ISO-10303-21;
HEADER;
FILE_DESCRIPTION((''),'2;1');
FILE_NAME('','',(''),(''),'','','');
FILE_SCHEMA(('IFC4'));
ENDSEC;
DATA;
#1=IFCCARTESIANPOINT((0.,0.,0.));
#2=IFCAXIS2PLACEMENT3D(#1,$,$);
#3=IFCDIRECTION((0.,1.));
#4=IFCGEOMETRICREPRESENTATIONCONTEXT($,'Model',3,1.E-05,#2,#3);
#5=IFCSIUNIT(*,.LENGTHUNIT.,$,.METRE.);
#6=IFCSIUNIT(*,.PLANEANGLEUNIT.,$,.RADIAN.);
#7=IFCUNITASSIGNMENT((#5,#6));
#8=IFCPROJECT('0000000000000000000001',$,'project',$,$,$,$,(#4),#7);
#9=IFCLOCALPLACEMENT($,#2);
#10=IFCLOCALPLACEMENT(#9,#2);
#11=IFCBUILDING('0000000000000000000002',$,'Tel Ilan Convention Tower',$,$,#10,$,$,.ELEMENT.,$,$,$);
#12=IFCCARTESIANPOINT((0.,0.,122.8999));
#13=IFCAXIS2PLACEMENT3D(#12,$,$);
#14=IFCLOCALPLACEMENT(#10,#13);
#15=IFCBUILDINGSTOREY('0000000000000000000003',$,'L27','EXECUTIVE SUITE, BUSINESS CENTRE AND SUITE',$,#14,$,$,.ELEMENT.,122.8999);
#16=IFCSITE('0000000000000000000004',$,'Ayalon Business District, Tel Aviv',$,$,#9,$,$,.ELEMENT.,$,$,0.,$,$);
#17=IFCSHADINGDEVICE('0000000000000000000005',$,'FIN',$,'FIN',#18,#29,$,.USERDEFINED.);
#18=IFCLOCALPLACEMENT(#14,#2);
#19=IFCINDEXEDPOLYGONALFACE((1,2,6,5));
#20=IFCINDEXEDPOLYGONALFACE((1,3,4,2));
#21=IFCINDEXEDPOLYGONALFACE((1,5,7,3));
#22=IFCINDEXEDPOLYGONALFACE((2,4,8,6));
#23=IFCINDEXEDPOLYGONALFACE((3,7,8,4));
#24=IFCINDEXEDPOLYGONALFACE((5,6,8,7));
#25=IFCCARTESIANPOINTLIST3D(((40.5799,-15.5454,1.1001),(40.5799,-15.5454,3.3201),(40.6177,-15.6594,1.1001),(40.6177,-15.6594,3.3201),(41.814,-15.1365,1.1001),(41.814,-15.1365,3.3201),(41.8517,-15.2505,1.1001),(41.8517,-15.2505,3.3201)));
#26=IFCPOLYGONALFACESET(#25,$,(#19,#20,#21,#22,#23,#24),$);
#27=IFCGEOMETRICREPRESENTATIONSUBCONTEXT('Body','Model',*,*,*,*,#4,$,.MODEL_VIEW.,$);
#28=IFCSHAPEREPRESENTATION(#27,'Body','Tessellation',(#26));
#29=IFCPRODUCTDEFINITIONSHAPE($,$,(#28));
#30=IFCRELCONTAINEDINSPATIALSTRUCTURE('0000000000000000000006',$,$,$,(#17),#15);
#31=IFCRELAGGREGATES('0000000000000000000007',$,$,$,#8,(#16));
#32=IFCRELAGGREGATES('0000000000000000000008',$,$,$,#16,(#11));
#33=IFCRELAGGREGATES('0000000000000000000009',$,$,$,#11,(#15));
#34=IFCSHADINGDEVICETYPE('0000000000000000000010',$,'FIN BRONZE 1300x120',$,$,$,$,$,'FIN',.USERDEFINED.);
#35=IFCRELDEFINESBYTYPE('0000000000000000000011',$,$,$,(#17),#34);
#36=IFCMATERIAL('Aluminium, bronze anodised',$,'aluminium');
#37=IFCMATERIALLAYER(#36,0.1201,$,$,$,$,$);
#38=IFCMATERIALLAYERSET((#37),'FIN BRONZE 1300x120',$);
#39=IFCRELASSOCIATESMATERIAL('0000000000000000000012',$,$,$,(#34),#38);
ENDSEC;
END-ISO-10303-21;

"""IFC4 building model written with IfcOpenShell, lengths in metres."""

from ifc_helpers import new_model, si_unit, direction, frame, origin, origin_2d, place, context, subcontext, project, spatial, rectangle, extrude, material, layer, layer_set, type_object, element, save


model = new_model("IFC4")

# Units and contexts
model_context = context("Model", 3, precision=1e-05, world=origin(), true_north=direction((0.0, 1.0)))
body_context = subcontext(model_context, "Body", "Model", "MODEL_VIEW")
ifc_project = project(units=[si_unit("LENGTHUNIT", "METRE"), si_unit("PLANEANGLEUNIT", "RADIAN")], contexts=[model_context])

# Site, building, storey
site_placement = place(None, origin())
site = spatial("IfcSite", under=ifc_project, at=site_placement, Name="Ayalon Business District, Tel Aviv", CompositionType="ELEMENT", RefElevation=0.0)
building_placement = place(site_placement, origin())
building = spatial("IfcBuilding", under=site, at=building_placement, Name="Tel Ilan Convention Tower", CompositionType="ELEMENT")
storey_placement = place(building_placement, frame((0.0, 0.0, 122.8999)))
storey = spatial("IfcBuildingStorey", under=building, at=storey_placement, Name="L27", Description="EXECUTIVE SUITE, BUSINESS CENTRE AND SUITE", CompositionType="ELEMENT", Elevation=122.8999)

# Shading device
ifc_material_1 = material(Name="Aluminium, bronze anodised", Category="aluminium")
ifc_layer_1 = layer(ifc_material_1, 0.1201)
ifc_layer_set_1 = layer_set([ifc_layer_1], Name="FIN BRONZE 1300x120")
shading_device_type = type_object("IfcShadingDeviceType", Name="FIN BRONZE 1300x120", ElementType="FIN", PredefinedType="USERDEFINED", material=ifc_layer_set_1)
for number, where, z_axis, x_axis, name in (
    (1, (41.2158, -15.3979, 1.1001), (0.0, 0.0, 1.0), (0.949243, 0.314545, 0.0), "FIN"),
):
    element("IfcShadingDevice", number, at=place(storey_placement, frame(where, z_axis=z_axis, x_axis=x_axis)), inside=storey, type_object=shading_device_type, Name=name, ObjectType="FIN", PredefinedType="USERDEFINED", context=body_context, shape_type="SweptSolid", body=[
        extrude(rectangle(XDim=1.3, YDim=0.1201, at=origin_2d()), origin(), (0.0, 0.0, 1.0), 2.22),
    ])

save(model, "model.ifc")
